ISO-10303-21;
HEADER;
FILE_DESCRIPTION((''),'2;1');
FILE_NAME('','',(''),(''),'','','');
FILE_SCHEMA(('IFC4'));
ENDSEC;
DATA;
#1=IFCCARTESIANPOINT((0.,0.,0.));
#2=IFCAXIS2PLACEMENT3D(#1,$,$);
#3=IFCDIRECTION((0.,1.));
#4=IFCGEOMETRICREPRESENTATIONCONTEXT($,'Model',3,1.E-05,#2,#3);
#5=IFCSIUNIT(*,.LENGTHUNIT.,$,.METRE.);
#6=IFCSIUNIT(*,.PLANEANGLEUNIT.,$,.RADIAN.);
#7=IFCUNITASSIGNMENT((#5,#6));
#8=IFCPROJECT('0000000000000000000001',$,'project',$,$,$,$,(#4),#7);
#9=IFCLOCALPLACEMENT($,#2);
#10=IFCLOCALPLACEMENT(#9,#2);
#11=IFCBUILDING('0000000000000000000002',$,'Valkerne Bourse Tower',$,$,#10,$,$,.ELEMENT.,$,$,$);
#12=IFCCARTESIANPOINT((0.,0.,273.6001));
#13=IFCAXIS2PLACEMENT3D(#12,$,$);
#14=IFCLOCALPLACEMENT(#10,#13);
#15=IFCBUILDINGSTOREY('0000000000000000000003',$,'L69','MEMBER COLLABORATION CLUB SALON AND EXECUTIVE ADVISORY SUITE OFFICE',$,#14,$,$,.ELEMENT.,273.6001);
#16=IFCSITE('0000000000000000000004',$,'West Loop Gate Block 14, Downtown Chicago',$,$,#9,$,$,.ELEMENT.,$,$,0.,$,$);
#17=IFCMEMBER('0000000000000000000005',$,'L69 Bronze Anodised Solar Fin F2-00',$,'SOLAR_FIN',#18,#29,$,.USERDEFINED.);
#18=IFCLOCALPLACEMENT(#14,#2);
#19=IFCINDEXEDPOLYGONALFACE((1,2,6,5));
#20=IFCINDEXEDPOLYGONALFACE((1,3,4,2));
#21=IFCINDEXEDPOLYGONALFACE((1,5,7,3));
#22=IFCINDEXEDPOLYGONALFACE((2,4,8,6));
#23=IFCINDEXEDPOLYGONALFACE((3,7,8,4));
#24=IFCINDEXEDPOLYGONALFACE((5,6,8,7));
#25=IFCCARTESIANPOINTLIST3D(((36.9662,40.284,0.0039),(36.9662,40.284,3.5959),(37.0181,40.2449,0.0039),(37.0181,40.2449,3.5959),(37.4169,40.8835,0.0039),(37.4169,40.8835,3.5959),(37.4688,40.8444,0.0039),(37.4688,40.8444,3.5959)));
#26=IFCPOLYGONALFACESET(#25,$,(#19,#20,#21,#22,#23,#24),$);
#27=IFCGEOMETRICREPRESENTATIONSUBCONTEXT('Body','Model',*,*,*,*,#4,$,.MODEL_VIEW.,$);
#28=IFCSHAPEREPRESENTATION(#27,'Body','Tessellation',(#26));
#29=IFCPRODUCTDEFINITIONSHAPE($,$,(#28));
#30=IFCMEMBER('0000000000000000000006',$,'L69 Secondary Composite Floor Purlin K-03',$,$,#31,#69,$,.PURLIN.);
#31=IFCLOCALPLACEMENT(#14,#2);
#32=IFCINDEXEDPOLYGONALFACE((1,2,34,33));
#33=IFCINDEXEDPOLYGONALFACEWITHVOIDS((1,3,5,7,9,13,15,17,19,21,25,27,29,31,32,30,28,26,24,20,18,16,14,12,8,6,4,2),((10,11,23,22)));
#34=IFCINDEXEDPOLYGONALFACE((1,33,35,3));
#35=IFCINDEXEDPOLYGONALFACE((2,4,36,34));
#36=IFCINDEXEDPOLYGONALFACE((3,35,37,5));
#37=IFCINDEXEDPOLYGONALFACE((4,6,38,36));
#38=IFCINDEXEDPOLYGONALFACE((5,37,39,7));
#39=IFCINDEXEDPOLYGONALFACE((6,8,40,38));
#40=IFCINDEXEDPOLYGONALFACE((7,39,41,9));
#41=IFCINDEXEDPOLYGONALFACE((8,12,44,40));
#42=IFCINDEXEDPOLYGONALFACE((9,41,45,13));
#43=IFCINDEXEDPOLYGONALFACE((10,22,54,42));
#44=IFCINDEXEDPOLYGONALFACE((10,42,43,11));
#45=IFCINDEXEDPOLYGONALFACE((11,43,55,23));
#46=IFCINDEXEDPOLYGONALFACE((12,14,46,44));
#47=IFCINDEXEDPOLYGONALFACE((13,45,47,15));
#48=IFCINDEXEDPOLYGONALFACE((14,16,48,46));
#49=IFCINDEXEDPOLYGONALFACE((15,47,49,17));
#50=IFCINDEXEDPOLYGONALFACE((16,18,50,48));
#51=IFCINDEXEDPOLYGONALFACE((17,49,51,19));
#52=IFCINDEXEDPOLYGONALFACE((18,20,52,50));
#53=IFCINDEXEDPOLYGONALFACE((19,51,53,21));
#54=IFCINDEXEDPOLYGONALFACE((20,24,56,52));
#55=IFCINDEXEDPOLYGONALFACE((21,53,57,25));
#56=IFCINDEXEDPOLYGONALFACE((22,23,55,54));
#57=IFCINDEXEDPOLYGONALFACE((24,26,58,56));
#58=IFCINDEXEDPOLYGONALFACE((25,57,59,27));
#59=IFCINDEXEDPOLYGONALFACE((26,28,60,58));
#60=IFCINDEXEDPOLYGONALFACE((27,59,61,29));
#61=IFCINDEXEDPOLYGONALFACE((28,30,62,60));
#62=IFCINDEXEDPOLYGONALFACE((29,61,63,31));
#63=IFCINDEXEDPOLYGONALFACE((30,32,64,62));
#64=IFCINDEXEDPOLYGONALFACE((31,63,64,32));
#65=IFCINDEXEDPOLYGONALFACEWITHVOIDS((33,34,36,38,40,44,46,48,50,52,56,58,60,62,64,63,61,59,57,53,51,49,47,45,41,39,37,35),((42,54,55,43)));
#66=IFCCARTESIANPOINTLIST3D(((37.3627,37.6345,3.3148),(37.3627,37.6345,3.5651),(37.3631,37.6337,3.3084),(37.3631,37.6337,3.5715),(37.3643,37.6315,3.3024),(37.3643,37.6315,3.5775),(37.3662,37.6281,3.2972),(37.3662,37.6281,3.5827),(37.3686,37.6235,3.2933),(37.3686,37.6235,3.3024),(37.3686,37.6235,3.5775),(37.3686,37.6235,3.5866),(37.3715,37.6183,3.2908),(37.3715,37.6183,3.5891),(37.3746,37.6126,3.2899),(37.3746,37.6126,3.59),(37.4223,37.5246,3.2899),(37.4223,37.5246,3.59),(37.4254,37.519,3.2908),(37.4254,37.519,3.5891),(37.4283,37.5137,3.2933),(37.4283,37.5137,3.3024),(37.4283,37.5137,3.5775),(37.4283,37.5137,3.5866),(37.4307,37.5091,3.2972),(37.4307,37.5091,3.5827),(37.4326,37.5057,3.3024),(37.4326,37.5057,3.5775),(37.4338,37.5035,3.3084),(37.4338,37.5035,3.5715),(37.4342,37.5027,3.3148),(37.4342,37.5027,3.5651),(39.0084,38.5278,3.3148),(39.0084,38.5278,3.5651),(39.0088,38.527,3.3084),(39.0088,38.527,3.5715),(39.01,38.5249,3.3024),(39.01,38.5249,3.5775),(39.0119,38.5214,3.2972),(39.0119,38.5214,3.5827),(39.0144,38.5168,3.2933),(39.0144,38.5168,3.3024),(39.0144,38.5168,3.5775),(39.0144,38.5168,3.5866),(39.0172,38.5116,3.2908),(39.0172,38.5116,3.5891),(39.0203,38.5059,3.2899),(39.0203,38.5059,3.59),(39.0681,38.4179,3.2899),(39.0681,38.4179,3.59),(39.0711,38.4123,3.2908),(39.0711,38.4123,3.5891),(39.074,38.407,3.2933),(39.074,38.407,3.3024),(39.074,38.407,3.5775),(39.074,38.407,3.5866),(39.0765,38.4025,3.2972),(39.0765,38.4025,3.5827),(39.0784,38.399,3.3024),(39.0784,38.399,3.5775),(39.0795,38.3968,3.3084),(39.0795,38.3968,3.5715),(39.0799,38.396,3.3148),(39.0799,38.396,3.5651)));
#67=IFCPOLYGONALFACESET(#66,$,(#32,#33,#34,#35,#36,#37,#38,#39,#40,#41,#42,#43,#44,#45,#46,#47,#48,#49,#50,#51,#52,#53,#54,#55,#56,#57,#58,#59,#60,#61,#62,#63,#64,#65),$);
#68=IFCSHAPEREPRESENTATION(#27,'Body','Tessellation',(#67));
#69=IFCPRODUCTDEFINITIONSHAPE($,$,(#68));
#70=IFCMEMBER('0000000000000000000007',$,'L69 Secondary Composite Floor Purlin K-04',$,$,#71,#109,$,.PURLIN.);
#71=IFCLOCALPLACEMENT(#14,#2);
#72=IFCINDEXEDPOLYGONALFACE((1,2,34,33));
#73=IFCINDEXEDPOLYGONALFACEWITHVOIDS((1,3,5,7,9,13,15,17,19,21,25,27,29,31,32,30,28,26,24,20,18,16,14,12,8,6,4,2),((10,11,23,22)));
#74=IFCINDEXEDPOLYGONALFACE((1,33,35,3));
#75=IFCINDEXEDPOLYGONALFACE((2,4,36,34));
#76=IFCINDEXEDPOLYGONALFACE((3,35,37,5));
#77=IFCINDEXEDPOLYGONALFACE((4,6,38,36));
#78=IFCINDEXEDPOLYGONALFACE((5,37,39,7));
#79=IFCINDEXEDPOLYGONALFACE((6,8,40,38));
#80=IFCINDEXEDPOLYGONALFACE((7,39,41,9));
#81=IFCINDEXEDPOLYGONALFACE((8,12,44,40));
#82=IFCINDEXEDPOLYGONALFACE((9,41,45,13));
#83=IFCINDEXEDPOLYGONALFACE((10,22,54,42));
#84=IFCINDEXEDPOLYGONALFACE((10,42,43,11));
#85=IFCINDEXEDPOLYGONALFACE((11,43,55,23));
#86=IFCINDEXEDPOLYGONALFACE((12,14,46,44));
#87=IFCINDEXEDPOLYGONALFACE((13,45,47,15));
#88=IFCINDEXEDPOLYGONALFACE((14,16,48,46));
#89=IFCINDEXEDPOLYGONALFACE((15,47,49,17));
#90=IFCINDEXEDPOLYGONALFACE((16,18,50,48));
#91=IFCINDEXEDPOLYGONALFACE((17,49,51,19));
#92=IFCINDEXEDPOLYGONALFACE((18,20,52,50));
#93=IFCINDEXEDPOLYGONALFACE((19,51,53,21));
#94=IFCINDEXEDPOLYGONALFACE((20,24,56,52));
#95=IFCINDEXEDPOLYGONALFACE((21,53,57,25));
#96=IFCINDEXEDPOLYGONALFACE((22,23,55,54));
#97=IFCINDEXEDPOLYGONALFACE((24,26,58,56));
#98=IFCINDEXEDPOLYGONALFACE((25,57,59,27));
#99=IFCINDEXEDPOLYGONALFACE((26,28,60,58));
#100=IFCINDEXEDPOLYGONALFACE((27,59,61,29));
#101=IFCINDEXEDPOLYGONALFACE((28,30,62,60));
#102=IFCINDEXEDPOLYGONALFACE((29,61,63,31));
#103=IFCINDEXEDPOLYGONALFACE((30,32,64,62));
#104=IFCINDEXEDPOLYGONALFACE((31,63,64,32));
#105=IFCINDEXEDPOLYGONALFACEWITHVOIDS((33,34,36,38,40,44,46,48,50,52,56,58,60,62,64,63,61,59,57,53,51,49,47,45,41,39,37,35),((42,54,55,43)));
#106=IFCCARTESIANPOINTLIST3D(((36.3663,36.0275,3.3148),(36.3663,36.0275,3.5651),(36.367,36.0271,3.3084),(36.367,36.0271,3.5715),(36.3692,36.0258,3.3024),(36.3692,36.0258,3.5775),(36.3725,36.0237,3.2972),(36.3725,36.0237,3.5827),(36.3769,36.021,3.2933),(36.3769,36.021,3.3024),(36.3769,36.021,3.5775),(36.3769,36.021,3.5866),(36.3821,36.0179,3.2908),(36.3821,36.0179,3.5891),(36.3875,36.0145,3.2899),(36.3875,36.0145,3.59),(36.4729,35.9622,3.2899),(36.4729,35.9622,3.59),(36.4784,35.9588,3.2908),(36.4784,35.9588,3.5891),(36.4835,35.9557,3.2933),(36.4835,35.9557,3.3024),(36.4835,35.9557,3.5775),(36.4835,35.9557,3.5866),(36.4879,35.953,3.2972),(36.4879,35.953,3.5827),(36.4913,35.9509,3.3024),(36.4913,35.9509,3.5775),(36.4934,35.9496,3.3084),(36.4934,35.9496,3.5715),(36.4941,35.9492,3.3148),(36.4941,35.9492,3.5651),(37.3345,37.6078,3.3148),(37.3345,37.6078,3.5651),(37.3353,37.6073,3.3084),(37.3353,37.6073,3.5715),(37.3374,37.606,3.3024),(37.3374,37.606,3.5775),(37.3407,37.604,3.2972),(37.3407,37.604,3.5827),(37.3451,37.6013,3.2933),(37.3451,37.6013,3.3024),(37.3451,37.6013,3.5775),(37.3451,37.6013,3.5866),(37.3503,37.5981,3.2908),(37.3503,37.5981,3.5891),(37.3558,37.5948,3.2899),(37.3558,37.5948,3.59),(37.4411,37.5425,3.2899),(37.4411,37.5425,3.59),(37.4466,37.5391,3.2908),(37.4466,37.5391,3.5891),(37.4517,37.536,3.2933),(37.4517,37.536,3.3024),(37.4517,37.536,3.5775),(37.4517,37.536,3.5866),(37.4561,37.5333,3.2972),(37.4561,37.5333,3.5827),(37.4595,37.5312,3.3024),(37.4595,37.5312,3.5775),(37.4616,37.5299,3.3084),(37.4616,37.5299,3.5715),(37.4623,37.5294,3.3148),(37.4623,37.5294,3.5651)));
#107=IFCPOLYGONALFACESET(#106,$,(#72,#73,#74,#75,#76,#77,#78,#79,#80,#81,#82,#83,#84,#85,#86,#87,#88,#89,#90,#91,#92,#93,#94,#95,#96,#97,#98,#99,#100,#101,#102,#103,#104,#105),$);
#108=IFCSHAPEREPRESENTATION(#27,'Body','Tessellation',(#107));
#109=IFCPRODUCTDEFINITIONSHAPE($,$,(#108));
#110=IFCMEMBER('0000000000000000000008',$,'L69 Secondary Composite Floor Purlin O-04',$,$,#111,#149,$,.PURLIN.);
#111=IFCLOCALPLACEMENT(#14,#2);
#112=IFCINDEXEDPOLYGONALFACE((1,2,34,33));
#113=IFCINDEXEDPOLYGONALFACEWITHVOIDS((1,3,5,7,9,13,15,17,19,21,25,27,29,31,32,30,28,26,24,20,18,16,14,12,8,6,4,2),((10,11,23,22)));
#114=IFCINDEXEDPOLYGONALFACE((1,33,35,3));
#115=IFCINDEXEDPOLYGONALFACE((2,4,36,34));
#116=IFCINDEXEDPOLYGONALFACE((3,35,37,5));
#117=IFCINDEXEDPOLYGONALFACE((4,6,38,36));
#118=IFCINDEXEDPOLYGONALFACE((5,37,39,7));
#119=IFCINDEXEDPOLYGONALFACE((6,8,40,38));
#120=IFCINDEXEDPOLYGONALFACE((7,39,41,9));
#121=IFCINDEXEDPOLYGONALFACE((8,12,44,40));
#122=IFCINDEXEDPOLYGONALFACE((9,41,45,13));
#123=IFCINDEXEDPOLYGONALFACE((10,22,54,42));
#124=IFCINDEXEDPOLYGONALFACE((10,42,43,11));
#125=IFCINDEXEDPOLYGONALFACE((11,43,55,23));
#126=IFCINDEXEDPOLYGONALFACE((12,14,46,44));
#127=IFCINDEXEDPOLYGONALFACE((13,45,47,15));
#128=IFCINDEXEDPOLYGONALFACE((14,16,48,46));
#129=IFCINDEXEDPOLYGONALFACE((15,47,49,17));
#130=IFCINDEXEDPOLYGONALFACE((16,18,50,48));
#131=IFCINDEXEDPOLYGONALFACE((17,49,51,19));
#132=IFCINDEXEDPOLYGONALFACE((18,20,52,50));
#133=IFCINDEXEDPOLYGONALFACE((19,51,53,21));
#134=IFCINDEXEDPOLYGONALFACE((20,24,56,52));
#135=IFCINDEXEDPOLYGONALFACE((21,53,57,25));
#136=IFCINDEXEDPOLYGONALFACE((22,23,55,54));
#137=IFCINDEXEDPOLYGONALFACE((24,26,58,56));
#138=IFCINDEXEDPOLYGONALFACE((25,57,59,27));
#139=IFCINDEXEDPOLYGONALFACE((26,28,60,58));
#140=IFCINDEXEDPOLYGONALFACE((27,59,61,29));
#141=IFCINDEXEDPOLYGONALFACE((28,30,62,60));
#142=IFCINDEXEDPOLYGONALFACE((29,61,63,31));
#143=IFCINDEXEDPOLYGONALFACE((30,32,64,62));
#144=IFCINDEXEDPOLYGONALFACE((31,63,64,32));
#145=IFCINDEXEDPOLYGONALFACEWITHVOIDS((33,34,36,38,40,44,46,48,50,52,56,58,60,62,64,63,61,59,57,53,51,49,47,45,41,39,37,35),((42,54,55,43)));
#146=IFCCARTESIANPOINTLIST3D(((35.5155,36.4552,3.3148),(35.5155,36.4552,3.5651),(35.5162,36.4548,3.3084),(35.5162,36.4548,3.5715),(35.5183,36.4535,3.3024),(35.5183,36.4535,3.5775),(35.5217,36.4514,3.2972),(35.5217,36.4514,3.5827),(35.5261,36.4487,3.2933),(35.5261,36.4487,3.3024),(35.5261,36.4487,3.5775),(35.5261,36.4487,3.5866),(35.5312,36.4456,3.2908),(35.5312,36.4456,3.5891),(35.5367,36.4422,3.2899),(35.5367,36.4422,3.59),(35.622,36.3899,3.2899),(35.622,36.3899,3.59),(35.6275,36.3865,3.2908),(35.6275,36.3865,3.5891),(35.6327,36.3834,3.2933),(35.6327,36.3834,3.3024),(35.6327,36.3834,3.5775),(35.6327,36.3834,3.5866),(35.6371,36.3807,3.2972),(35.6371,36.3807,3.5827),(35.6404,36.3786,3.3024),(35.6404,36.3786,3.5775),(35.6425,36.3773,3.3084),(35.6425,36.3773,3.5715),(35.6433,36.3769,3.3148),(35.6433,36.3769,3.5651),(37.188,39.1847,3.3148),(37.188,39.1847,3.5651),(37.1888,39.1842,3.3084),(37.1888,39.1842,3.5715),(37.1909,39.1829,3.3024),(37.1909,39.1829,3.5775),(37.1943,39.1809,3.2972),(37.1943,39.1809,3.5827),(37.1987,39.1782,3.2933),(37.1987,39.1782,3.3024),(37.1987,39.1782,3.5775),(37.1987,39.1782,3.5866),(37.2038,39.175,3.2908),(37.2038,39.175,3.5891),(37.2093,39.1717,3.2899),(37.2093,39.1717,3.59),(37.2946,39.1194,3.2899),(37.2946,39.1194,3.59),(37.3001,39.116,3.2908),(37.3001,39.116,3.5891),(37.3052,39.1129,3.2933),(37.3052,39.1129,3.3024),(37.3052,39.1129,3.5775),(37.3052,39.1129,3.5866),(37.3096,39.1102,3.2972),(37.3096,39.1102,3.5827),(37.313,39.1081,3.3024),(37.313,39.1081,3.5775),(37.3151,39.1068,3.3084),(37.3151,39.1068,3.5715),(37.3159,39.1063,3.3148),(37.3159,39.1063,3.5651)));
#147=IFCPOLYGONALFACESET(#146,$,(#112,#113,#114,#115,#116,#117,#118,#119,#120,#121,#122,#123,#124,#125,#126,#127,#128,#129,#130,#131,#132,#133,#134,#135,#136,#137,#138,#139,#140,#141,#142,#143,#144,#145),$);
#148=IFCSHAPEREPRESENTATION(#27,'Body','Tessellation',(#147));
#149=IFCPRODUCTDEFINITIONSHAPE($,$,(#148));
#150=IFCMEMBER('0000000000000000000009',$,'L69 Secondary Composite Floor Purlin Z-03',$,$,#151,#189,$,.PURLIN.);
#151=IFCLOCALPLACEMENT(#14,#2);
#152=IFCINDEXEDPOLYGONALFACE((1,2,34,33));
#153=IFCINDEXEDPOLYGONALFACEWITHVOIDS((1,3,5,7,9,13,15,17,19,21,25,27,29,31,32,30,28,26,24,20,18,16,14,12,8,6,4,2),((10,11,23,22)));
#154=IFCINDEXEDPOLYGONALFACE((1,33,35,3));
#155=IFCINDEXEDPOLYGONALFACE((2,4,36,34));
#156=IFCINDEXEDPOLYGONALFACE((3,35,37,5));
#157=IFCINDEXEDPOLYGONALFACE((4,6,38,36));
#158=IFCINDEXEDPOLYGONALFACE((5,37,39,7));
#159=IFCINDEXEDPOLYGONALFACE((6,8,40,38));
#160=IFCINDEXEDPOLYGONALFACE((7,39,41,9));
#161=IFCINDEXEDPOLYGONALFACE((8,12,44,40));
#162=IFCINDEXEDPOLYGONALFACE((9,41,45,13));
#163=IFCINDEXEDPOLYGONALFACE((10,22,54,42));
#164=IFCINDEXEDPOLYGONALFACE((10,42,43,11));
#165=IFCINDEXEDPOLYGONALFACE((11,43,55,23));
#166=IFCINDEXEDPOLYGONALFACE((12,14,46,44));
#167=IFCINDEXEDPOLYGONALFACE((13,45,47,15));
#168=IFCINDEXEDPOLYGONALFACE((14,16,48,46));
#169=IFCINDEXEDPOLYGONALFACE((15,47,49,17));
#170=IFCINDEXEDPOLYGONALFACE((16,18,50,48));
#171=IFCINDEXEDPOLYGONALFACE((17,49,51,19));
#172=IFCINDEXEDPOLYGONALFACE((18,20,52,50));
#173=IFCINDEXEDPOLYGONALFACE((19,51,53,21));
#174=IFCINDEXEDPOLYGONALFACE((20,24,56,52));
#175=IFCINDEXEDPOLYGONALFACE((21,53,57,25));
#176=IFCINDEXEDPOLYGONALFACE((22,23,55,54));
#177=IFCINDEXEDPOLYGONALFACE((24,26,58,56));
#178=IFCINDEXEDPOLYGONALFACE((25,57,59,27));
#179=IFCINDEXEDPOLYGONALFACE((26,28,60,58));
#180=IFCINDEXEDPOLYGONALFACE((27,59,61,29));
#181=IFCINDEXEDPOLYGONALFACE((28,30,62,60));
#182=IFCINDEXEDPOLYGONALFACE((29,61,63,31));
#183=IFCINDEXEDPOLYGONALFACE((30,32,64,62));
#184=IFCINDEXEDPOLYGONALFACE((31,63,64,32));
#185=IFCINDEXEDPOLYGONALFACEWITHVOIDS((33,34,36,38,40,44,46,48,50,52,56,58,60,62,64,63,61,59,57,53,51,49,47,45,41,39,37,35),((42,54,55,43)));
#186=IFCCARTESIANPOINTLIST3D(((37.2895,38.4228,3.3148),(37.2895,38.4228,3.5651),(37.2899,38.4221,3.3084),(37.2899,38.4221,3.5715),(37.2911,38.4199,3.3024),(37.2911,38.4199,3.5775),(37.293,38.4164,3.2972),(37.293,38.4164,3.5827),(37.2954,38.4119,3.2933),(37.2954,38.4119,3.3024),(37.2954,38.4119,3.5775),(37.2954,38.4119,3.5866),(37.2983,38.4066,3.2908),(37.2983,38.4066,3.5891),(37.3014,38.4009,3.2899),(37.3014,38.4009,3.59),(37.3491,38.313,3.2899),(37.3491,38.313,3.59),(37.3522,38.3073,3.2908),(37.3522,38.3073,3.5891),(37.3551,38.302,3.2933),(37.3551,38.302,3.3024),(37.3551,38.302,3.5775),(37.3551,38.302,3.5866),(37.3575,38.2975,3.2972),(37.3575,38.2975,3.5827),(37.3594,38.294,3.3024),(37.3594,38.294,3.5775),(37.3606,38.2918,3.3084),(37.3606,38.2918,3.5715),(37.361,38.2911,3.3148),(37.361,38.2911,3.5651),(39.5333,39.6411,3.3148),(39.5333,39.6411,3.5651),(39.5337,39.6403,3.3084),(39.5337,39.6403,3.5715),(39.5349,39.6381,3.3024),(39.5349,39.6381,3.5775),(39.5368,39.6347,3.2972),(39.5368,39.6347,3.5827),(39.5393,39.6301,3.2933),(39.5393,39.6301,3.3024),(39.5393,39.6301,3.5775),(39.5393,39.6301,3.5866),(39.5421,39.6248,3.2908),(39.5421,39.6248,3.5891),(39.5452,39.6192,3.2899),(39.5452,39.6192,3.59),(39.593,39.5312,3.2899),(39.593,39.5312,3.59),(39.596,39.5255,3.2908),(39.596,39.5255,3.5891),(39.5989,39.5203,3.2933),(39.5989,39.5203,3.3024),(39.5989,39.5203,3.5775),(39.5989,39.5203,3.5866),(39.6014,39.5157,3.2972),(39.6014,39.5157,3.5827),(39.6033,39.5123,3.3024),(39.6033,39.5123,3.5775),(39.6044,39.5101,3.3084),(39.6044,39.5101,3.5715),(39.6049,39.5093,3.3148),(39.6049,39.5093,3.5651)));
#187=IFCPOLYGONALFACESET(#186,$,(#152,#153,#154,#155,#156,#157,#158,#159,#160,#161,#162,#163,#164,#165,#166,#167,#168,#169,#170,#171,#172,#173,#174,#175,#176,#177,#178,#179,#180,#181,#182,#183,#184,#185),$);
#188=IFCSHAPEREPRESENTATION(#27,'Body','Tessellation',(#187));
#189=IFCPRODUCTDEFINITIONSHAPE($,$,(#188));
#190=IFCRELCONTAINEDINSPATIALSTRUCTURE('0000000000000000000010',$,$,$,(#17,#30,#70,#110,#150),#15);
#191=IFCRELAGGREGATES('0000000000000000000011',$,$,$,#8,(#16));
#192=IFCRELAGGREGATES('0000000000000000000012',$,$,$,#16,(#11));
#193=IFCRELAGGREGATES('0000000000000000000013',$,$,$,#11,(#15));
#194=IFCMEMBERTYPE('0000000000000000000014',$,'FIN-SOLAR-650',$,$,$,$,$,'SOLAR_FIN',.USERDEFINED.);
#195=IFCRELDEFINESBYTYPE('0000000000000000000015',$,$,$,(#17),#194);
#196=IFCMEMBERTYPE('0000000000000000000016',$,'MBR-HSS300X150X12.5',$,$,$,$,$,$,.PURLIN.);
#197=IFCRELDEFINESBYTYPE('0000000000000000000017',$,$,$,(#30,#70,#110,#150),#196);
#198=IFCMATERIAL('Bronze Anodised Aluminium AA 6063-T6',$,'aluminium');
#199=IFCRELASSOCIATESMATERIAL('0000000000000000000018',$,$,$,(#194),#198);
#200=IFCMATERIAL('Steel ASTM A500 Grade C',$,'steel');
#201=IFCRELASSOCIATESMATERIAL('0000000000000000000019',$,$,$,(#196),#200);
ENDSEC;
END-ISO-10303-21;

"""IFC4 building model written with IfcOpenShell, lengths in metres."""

from ifc_helpers import new_model, si_unit, direction, frame, origin, origin_2d, place, context, subcontext, project, spatial, rectangle, hollow_rectangle, extrude, material, material_profile, profile_set, type_object, element, save


model = new_model("IFC4")

# Units and contexts
model_context = context("Model", 3, precision=1e-05, world=origin(), true_north=direction((0.0, 1.0)))
body_context = subcontext(model_context, "Body", "Model", "MODEL_VIEW")
ifc_project = project(units=[si_unit("LENGTHUNIT", "METRE"), si_unit("PLANEANGLEUNIT", "RADIAN")], contexts=[model_context])

# Site, building, storey
site_placement = place(None, origin())
site = spatial("IfcSite", under=ifc_project, at=site_placement, Name="West Loop Gate Block 14, Downtown Chicago", CompositionType="ELEMENT", RefElevation=0.0)
building_placement = place(site_placement, origin())
building = spatial("IfcBuilding", under=site, at=building_placement, Name="Valkerne Bourse Tower", CompositionType="ELEMENT")
storey_placement = place(building_placement, frame((0.0, 0.0, 273.6001)))
storey = spatial("IfcBuildingStorey", under=building, at=storey_placement, Name="L69", Description="MEMBER COLLABORATION CLUB SALON AND EXECUTIVE ADVISORY SUITE OFFICE", CompositionType="ELEMENT", Elevation=273.6001)

# Members
ifc_material_1 = material(Name="Bronze Anodised Aluminium AA 6063-T6", Category="aluminium")
ifc_material_profile_1 = material_profile(ifc_material_1, rectangle(XDim=0.0649, YDim=0.75, at=origin_2d()), Name="FIN-65X750")
ifc_profile_set_1 = profile_set([ifc_material_profile_1], Name="Bronze Anodised Aluminium AA 6063-T6")
member_type_1 = type_object("IfcMemberType", Name="FIN-SOLAR-650", ElementType="SOLAR_FIN", PredefinedType="USERDEFINED", material=ifc_profile_set_1)
member_1_placement = place(storey_placement, frame((37.2175, 40.5642, 0.0039), z_axis=(0.0, 0.0, 1.0), x_axis=(-0.799328, 0.600895, 0.0)))
element("IfcMember", 1, at=member_1_placement, inside=storey, type_object=member_type_1, Name="L69 Bronze Anodised Solar Fin F2-00", ObjectType="SOLAR_FIN", PredefinedType="USERDEFINED", context=body_context, shape_type="SweptSolid", body=[
    extrude(rectangle(XDim=0.0649, YDim=0.75, at=origin_2d()), origin(), (0.0, 0.0, 1.0), 3.592),
])
ifc_material_2 = material(Name="Steel ASTM A500 Grade C", Category="steel")
ifc_material_profile_2 = material_profile(ifc_material_2, hollow_rectangle(XDim=0.1499, YDim=0.3, WallThickness=0.0125, OuterFilletRadius=0.0249, at=origin_2d()), Name="HSS300X150X12.5")
ifc_profile_set_2 = profile_set([ifc_material_profile_2], Name="Steel ASTM A500 Grade C")
member_type_2 = type_object("IfcMemberType", Name="MBR-HSS300X150X12.5", PredefinedType="PURLIN", material=ifc_profile_set_2)
member_2_placement = place(storey_placement, frame((39.0442, 38.4619, 3.4399), z_axis=(-0.878875, -0.477052, 0.0), x_axis=(0.477052, -0.878875, 0.0)))
element("IfcMember", 2, at=member_2_placement, inside=storey, type_object=member_type_2, Name="L69 Secondary Composite Floor Purlin K-03", PredefinedType="PURLIN", context=body_context, shape_type="SweptSolid", body=[
    extrude(hollow_rectangle(XDim=0.1499, YDim=0.3, WallThickness=0.0125, OuterFilletRadius=0.0249, at=origin_2d()), origin(), (0.0, 0.0, 1.0), 1.8726),
])
member_3_placement = place(storey_placement, frame((37.3984, 37.5686, 3.4399), z_axis=(-0.522435, -0.852679, 0.0), x_axis=(0.852679, -0.522435, 0.0)))
element("IfcMember", 3, at=member_3_placement, inside=storey, type_object=member_type_2, Name="L69 Secondary Composite Floor Purlin K-04", PredefinedType="PURLIN", context=body_context, shape_type="SweptSolid", body=[
    extrude(hollow_rectangle(XDim=0.1499, YDim=0.3, WallThickness=0.0125, OuterFilletRadius=0.0249, at=origin_2d()), origin(), (0.0, 0.0, 1.0), 1.8533),
])
member_4_placement = place(storey_placement, frame((37.252, 39.1455, 3.4399), z_axis=(-0.522492, -0.852644, 0.0), x_axis=(0.852644, -0.522492, 0.0)))
element("IfcMember", 4, at=member_4_placement, inside=storey, type_object=member_type_2, Name="L69 Secondary Composite Floor Purlin O-04", PredefinedType="PURLIN", context=body_context, shape_type="SweptSolid", body=[
    extrude(hollow_rectangle(XDim=0.1499, YDim=0.3, WallThickness=0.0125, OuterFilletRadius=0.0249, at=origin_2d()), origin(), (0.0, 0.0, 1.0), 3.2012),
])
member_5_placement = place(storey_placement, frame((39.5691, 39.5752, 3.4399), z_axis=(-0.878829, -0.477136, 0.0), x_axis=(0.477136, -0.878829, 0.0)))
element("IfcMember", 5, at=member_5_placement, inside=storey, type_object=member_type_2, Name="L69 Secondary Composite Floor Purlin Z-03", PredefinedType="PURLIN", context=body_context, shape_type="SweptSolid", body=[
    extrude(hollow_rectangle(XDim=0.1499, YDim=0.3, WallThickness=0.0125, OuterFilletRadius=0.0249, at=origin_2d()), origin(), (0.0, 0.0, 1.0), 2.5532),
])

save(model, "model.ifc")
